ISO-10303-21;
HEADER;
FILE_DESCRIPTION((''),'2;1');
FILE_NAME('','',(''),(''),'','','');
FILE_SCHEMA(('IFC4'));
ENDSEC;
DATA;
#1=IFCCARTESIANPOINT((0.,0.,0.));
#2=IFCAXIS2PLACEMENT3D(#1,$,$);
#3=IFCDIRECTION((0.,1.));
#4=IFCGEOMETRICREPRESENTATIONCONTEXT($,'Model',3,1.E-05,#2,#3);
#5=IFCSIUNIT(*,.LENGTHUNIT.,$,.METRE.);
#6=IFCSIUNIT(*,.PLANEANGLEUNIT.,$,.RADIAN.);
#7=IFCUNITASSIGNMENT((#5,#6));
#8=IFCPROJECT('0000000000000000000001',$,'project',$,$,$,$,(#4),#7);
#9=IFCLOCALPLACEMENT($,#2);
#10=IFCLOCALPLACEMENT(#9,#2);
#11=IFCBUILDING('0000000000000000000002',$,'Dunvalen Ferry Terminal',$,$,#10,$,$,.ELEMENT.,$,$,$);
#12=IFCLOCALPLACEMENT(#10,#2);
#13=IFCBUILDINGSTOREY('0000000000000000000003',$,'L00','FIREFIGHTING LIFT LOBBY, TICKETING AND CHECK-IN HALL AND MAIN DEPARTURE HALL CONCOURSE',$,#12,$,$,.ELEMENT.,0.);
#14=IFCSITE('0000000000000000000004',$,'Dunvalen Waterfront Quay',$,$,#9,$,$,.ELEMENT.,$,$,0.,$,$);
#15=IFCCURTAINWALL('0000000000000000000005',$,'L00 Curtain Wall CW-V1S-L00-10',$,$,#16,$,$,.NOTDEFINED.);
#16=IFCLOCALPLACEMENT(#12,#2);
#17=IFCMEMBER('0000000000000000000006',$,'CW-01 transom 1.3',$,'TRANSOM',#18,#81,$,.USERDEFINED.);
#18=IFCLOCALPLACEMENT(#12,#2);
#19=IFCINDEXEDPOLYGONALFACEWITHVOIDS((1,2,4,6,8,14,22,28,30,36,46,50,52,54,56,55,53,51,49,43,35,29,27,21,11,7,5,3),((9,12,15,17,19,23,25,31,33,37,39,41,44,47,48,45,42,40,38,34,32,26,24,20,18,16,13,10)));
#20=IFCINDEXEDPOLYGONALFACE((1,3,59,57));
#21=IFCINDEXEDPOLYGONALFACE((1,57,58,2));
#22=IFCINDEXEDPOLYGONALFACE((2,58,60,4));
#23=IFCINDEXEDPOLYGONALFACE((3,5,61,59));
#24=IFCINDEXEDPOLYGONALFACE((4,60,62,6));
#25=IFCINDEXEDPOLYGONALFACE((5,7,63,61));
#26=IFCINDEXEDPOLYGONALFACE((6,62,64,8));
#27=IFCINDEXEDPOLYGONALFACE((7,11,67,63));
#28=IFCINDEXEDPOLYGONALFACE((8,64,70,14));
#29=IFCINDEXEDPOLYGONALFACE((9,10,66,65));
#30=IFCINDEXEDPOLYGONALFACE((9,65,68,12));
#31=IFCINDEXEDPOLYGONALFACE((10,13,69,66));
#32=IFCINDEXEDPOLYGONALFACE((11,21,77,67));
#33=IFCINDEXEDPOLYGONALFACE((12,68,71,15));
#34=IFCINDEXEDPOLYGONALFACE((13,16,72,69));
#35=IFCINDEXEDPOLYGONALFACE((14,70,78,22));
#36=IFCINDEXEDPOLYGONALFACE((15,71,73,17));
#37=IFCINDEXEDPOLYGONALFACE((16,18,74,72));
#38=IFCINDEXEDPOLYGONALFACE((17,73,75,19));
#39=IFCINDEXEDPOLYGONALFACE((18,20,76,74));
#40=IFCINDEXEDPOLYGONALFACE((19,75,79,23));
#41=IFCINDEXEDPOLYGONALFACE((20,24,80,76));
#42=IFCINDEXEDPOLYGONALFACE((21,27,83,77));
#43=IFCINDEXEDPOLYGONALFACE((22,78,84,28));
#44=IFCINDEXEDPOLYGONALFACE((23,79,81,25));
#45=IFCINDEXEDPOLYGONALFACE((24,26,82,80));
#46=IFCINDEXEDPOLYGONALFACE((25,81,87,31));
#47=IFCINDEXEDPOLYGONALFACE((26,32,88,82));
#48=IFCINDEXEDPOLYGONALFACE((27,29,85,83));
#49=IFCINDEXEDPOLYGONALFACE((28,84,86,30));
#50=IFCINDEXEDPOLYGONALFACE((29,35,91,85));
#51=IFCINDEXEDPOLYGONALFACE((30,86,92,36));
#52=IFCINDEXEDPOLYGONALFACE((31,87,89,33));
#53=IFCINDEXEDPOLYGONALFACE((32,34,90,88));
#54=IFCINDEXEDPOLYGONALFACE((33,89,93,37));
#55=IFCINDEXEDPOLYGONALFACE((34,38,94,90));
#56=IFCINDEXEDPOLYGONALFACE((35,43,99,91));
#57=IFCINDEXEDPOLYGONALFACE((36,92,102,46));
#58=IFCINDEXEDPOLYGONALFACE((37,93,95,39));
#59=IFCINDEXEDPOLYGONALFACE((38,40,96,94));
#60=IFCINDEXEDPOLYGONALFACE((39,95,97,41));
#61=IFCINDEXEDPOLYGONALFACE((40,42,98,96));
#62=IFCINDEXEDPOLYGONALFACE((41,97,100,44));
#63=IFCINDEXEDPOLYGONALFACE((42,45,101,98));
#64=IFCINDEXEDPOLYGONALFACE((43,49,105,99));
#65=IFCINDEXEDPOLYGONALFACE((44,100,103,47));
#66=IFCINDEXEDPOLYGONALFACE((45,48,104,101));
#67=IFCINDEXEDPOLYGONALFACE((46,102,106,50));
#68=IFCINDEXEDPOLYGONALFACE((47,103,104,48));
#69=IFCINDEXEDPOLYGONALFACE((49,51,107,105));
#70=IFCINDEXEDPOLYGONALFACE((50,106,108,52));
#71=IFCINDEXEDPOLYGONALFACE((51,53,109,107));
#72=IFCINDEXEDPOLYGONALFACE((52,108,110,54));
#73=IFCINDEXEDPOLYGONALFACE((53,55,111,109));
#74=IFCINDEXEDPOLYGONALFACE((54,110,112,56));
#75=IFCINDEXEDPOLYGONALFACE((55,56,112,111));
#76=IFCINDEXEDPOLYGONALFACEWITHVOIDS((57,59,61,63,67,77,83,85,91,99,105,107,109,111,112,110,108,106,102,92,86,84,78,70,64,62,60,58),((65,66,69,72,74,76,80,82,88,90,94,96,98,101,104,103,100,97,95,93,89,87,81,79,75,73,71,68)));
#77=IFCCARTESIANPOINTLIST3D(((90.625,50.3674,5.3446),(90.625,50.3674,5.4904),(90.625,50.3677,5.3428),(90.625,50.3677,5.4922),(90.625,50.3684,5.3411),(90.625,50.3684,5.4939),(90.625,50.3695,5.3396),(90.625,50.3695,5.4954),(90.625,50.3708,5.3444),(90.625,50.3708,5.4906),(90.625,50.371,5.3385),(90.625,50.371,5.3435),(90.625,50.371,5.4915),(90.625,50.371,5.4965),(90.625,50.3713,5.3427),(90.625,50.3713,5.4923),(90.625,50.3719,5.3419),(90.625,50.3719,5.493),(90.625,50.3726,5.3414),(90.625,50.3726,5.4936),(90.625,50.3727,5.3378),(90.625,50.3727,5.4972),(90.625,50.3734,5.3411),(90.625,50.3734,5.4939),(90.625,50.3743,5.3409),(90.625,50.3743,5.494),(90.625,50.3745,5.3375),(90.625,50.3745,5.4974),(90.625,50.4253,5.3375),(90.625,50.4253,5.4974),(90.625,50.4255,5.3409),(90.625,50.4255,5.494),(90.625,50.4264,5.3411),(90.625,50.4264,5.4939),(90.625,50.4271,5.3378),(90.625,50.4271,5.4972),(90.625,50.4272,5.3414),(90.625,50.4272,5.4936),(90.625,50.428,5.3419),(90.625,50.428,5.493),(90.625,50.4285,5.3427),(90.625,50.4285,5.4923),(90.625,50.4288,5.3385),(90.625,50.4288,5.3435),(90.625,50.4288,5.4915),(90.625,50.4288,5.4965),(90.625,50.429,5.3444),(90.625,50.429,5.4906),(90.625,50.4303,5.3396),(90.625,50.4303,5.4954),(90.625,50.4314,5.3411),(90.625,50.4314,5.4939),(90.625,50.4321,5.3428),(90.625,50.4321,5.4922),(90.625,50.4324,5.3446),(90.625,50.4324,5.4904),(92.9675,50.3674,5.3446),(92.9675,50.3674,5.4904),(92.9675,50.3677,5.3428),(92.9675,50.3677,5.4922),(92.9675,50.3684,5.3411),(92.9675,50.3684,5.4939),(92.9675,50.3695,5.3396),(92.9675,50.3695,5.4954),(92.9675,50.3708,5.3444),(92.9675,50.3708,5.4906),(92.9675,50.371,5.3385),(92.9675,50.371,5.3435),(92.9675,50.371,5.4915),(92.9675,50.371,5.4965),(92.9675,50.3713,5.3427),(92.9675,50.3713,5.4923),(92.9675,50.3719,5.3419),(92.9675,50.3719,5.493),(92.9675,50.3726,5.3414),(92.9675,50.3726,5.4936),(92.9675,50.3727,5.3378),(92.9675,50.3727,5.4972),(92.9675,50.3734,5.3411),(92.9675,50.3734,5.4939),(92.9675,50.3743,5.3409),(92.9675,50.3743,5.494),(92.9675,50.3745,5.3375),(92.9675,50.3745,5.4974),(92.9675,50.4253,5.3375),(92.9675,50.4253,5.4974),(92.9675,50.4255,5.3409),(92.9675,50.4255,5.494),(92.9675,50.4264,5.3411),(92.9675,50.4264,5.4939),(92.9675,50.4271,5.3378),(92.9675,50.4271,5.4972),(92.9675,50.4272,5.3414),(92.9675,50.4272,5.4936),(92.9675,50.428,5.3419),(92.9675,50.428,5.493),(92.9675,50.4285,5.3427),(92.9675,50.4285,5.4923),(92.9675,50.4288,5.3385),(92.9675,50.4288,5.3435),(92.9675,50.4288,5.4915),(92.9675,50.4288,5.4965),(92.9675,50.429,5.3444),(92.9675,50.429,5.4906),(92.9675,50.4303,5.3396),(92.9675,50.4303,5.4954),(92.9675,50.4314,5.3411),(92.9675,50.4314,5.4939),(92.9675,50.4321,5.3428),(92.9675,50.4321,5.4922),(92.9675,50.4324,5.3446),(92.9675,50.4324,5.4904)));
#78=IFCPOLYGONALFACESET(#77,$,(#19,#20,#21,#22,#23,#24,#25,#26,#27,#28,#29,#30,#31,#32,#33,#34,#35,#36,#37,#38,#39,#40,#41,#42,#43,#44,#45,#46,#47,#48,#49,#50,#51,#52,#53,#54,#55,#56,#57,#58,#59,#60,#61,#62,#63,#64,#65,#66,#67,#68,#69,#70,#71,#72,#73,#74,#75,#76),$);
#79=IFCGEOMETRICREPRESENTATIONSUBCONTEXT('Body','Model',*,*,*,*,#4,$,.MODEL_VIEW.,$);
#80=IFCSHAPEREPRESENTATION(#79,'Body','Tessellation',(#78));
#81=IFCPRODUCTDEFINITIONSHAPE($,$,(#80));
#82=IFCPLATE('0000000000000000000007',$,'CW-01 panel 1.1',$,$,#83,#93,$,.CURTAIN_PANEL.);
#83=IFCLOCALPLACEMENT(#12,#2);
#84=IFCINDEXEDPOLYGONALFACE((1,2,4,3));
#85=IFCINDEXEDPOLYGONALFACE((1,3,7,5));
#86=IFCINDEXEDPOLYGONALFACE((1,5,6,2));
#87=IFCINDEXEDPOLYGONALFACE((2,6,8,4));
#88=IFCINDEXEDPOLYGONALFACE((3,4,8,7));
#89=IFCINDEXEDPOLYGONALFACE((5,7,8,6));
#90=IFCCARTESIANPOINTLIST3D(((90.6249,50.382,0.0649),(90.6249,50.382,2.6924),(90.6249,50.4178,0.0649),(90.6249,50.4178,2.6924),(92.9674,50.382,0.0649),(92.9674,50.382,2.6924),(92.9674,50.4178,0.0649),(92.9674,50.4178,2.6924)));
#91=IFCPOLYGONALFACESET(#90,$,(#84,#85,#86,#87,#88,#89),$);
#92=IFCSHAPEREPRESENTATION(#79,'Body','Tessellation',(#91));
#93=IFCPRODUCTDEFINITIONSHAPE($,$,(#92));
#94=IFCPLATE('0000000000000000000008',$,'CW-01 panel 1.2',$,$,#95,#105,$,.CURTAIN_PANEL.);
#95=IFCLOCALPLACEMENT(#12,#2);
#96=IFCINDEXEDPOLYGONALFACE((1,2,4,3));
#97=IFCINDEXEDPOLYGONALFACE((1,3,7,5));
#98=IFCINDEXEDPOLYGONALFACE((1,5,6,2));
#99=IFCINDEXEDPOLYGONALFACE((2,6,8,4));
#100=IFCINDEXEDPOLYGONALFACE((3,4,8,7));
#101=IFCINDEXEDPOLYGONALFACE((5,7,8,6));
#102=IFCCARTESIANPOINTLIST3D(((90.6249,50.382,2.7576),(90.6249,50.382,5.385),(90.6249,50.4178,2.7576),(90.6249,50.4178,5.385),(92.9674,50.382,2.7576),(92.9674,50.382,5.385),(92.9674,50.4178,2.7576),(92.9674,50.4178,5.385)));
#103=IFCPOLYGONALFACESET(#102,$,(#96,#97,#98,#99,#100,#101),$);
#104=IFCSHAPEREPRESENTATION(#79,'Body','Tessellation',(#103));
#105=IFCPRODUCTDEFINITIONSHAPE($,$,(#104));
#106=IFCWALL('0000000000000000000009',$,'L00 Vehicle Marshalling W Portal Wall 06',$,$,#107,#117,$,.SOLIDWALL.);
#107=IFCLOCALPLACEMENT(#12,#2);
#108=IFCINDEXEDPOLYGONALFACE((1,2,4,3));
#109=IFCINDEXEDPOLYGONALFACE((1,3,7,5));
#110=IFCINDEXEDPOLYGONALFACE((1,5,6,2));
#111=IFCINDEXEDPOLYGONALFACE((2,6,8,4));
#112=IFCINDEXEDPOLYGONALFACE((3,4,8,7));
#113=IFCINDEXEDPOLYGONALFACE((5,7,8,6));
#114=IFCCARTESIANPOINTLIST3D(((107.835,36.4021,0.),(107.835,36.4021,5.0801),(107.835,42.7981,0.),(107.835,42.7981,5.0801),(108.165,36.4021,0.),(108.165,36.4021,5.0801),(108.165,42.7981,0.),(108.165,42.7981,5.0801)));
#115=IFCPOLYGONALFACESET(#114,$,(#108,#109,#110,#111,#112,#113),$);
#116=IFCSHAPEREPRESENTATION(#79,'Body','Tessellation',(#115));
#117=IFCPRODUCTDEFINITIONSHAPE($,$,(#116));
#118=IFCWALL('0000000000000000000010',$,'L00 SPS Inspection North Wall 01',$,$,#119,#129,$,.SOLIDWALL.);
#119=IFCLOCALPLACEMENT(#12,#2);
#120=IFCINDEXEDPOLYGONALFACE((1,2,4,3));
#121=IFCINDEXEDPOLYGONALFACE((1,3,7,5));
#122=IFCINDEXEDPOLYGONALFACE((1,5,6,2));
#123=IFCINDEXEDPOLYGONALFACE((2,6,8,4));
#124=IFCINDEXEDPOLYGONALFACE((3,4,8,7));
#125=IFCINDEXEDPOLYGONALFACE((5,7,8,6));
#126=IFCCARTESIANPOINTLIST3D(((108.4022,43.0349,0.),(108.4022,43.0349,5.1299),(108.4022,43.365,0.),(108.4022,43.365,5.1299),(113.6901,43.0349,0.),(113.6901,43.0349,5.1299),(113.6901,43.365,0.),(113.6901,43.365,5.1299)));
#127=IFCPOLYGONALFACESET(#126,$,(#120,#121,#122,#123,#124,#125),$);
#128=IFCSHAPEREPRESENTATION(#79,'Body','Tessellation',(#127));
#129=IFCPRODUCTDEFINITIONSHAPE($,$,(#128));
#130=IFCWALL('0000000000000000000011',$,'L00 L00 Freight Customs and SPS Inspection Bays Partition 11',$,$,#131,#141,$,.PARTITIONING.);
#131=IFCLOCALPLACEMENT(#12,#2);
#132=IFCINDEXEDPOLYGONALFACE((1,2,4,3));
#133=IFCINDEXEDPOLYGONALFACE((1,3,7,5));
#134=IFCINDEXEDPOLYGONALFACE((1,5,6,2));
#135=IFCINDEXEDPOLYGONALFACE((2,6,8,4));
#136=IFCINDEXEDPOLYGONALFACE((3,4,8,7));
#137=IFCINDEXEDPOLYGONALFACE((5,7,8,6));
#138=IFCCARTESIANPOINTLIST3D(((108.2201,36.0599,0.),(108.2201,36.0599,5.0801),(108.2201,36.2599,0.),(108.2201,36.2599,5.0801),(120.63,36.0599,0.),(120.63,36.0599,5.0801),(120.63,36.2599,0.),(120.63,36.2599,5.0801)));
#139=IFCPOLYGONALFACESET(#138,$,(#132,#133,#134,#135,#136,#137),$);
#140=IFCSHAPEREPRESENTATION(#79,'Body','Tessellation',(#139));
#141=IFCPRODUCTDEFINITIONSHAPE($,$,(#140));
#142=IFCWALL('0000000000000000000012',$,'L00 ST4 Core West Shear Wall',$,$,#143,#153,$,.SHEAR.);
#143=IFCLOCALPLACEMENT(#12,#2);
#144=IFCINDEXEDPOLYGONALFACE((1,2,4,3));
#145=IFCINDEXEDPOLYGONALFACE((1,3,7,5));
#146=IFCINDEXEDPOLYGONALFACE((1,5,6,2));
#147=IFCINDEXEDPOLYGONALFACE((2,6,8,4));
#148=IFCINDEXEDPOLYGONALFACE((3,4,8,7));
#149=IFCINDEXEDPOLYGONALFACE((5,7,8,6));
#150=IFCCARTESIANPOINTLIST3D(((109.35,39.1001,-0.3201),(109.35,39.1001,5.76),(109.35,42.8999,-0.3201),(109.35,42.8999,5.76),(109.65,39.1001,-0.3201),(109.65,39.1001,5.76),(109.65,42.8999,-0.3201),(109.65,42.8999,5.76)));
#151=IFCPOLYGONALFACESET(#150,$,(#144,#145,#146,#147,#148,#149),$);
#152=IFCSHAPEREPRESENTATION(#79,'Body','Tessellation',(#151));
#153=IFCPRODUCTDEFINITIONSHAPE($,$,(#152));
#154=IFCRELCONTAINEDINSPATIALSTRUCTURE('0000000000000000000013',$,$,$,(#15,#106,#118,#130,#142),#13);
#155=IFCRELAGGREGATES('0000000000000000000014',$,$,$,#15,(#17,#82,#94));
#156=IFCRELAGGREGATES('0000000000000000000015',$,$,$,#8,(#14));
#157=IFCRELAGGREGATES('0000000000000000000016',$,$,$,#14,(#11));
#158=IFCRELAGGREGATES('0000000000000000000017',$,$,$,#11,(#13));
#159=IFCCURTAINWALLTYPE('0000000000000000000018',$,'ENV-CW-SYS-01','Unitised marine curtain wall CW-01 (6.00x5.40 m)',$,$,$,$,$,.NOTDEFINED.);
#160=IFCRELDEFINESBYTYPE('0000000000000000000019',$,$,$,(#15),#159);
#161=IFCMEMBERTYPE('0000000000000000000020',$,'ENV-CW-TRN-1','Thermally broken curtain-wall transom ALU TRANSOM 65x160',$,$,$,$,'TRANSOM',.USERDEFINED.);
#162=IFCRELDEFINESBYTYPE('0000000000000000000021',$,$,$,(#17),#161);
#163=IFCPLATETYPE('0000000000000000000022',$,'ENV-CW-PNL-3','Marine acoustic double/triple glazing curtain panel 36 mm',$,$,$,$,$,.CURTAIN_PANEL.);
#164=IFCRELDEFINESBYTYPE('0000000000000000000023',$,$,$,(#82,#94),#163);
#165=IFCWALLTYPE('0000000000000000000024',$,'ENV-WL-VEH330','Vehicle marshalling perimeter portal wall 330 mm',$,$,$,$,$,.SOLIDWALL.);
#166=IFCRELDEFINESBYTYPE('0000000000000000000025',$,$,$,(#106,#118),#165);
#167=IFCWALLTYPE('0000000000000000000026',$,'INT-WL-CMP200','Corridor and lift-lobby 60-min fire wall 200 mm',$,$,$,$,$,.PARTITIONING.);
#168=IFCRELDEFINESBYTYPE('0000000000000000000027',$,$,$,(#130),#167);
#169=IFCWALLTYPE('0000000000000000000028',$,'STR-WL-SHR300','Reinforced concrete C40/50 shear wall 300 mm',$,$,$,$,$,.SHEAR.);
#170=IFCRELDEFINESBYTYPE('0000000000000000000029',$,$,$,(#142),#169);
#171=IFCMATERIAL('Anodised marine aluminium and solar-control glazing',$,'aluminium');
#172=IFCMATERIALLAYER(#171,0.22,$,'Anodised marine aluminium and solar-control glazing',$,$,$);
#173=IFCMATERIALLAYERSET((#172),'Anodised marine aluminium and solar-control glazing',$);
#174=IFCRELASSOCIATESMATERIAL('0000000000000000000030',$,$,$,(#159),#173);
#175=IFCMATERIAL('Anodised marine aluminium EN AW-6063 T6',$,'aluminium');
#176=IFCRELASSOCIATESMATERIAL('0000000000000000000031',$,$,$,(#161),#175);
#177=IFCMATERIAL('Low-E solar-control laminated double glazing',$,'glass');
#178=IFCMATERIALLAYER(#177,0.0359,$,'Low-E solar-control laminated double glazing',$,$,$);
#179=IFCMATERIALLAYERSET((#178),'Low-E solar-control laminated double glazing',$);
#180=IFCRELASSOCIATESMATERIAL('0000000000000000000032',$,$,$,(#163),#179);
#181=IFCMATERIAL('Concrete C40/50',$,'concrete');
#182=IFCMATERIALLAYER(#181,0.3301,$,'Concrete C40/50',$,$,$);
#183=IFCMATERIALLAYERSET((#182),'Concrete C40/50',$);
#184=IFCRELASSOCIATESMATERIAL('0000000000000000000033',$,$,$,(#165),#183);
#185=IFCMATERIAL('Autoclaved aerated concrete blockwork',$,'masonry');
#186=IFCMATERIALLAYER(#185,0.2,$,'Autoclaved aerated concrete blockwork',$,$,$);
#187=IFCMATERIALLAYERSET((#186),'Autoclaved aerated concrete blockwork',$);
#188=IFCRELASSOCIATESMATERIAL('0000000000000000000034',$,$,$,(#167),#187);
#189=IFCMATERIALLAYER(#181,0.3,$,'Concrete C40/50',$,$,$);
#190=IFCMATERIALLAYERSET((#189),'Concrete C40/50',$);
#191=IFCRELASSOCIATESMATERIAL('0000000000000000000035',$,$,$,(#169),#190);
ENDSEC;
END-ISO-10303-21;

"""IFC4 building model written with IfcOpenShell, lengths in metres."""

from ifc_helpers import new_model, si_unit, direction, frame, frame_2d, origin, origin_2d, place, context, subcontext, project, spatial, rectangle, hollow_rectangle, extrude, material, layer, layer_set, material_profile, profile_set, type_object, element, aggregate, save


model = new_model("IFC4")

# Units and contexts
model_context = context("Model", 3, precision=1e-05, world=origin(), true_north=direction((0.0, 1.0)))
body_context = subcontext(model_context, "Body", "Model", "MODEL_VIEW")
ifc_project = project(units=[si_unit("LENGTHUNIT", "METRE"), si_unit("PLANEANGLEUNIT", "RADIAN")], contexts=[model_context])

# Site, building, storey
site_placement = place(None, origin())
site = spatial("IfcSite", under=ifc_project, at=site_placement, Name="Dunvalen Waterfront Quay", CompositionType="ELEMENT", RefElevation=0.0)
building_placement = place(site_placement, origin())
building = spatial("IfcBuilding", under=site, at=building_placement, Name="Dunvalen Ferry Terminal", CompositionType="ELEMENT")
storey_placement = place(building_placement, origin())
storey = spatial("IfcBuildingStorey", under=building, at=storey_placement, Name="L00", Description="FIREFIGHTING LIFT LOBBY, TICKETING AND CHECK-IN HALL AND MAIN DEPARTURE HALL CONCOURSE", CompositionType="ELEMENT", Elevation=0.0)

# Shared definitions
ifc_material_1 = material(Name="Concrete C40/50", Category="concrete")

# Curtain wall, member, plates
ifc_material_2 = material(Name="Anodised marine aluminium and solar-control glazing", Category="aluminium")
ifc_layer_1 = layer(ifc_material_2, 0.22, Name="Anodised marine aluminium and solar-control glazing")
ifc_layer_set_1 = layer_set([ifc_layer_1], Name="Anodised marine aluminium and solar-control glazing")
curtain_wall_type = type_object("IfcCurtainWallType", Name="ENV-CW-SYS-01", Description="Unitised marine curtain wall CW-01 (6.00x5.40 m)", PredefinedType="NOTDEFINED", material=ifc_layer_set_1)
curtain_wall_placement = place(storey_placement, origin())
curtain_wall = element("IfcCurtainWall", 1, at=curtain_wall_placement, inside=storey, type_object=curtain_wall_type, Name="L00 Curtain Wall CW-V1S-L00-10", PredefinedType="NOTDEFINED")
ifc_material_3 = material(Name="Anodised marine aluminium EN AW-6063 T6", Category="aluminium")
ifc_material_profile_1 = material_profile(ifc_material_3, hollow_rectangle(XDim=0.0649, YDim=0.1599, WallThickness=0.0034, InnerFilletRadius=0.0034, OuterFilletRadius=0.0071, at=origin_2d()), Name="Anodised marine aluminium EN AW-6063 T6")
ifc_profile_set_1 = profile_set([ifc_material_profile_1], Name="Anodised marine aluminium EN AW-6063 T6")
member_type_1 = type_object("IfcMemberType", Name="ENV-CW-TRN-1", Description="Thermally broken curtain-wall transom ALU TRANSOM 65x160", ElementType="TRANSOM", PredefinedType="USERDEFINED", material=ifc_profile_set_1)
member_1_placement = place(storey_placement, frame((90.625, 50.3999, 5.4175), z_axis=(1.0, 0.0, 0.0), x_axis=(0.0, 1.0, 0.0)))
member_1 = element("IfcMember", 2, at=member_1_placement, type_object=member_type_1, Name="CW-01 transom 1.3", ObjectType="TRANSOM", PredefinedType="USERDEFINED", context=body_context, shape_type="SweptSolid", body=[
    extrude(hollow_rectangle(XDim=0.0649, YDim=0.1599, WallThickness=0.0034, InnerFilletRadius=0.0034, OuterFilletRadius=0.0071, at=origin_2d()), origin(), (0.0, 0.0, 1.0), 2.3425),
])
ifc_material_4 = material(Name="Low-E solar-control laminated double glazing", Category="glass")
ifc_layer_2 = layer(ifc_material_4, 0.0359, Name="Low-E solar-control laminated double glazing")
ifc_layer_set_2 = layer_set([ifc_layer_2], Name="Low-E solar-control laminated double glazing")
plate_type = type_object("IfcPlateType", Name="ENV-CW-PNL-3", Description="Marine acoustic double/triple glazing curtain panel 36 mm", PredefinedType="CURTAIN_PANEL", material=ifc_layer_set_2)
plate_1_placement = place(storey_placement, frame((91.7961, 50.3999, 0.0649), z_axis=(0.0, 0.0, 1.0), x_axis=(1.0, 0.0, 0.0)))
plate_1 = element("IfcPlate", 3, at=plate_1_placement, type_object=plate_type, Name="CW-01 panel 1.1", PredefinedType="CURTAIN_PANEL", context=body_context, shape_type="SweptSolid", body=[
    extrude(rectangle(XDim=2.3425, YDim=0.0359, at=origin_2d()), origin(), (0.0, 0.0, 1.0), 2.6274),
])
plate_2_placement = place(storey_placement, frame((91.7961, 50.3999, 2.7576), z_axis=(0.0, 0.0, 1.0), x_axis=(1.0, 0.0, 0.0)))
plate_2 = element("IfcPlate", 4, at=plate_2_placement, type_object=plate_type, Name="CW-01 panel 1.2", PredefinedType="CURTAIN_PANEL", context=body_context, shape_type="SweptSolid", body=[
    extrude(rectangle(XDim=2.3425, YDim=0.0359, at=origin_2d()), origin(), (0.0, 0.0, 1.0), 2.6274),
])
aggregate(curtain_wall, [member_1, plate_1, plate_2])

# Walls
ifc_layer_3 = layer(ifc_material_1, 0.3301, Name="Concrete C40/50")
ifc_layer_set_3 = layer_set([ifc_layer_3], Name="Concrete C40/50")
wall_type_1 = type_object("IfcWallType", Name="ENV-WL-VEH330", Description="Vehicle marshalling perimeter portal wall 330 mm", PredefinedType="SOLIDWALL", material=ifc_layer_set_3)
wall_1_placement = place(storey_placement, frame((108.0, 36.4021, 0.0), z_axis=(0.0, 0.0, 1.0), x_axis=(0.0, 1.0, 0.0)))
element("IfcWall", 5, at=wall_1_placement, inside=storey, type_object=wall_type_1, Name="L00 Vehicle Marshalling W Portal Wall 06", PredefinedType="SOLIDWALL", context=body_context, shape_type="SweptSolid", body=[
    extrude(rectangle(XDim=6.396, YDim=0.3301, at=frame_2d((3.198, 0.0))), origin(), (0.0, 0.0, 1.0), 5.0801),
])
wall_2_placement = place(storey_placement, frame((108.4021, 43.2, 0.0), z_axis=(0.0, 0.0, 1.0), x_axis=(1.0, 0.0, 0.0)))
element("IfcWall", 6, at=wall_2_placement, inside=storey, type_object=wall_type_1, Name="L00 SPS Inspection North Wall 01", PredefinedType="SOLIDWALL", context=body_context, shape_type="SweptSolid", body=[
    extrude(rectangle(XDim=5.2878, YDim=0.3301, at=frame_2d((2.644, 0.0))), origin(), (0.0, 0.0, 1.0), 5.1299),
])
ifc_material_5 = material(Name="Autoclaved aerated concrete blockwork", Category="masonry")
ifc_layer_4 = layer(ifc_material_5, 0.2, Name="Autoclaved aerated concrete blockwork")
ifc_layer_set_4 = layer_set([ifc_layer_4], Name="Autoclaved aerated concrete blockwork")
wall_type_2 = type_object("IfcWallType", Name="INT-WL-CMP200", Description="Corridor and lift-lobby 60-min fire wall 200 mm", PredefinedType="PARTITIONING", material=ifc_layer_set_4)
wall_3_placement = place(storey_placement, frame((108.22, 36.1599, 0.0), z_axis=(0.0, 0.0, 1.0), x_axis=(1.0, 0.0, 0.0)))
element("IfcWall", 7, at=wall_3_placement, inside=storey, type_object=wall_type_2, Name="L00 L00 Freight Customs and SPS Inspection Bays Partition 11", PredefinedType="PARTITIONING", context=body_context, shape_type="SweptSolid", body=[
    extrude(rectangle(XDim=12.4099, YDim=0.2, at=frame_2d((6.2051, 0.0))), origin(), (0.0, 0.0, 1.0), 5.0801),
])
ifc_layer_5 = layer(ifc_material_1, 0.3, Name="Concrete C40/50")
ifc_layer_set_5 = layer_set([ifc_layer_5], Name="Concrete C40/50")
wall_type_3 = type_object("IfcWallType", Name="STR-WL-SHR300", Description="Reinforced concrete C40/50 shear wall 300 mm", PredefinedType="SHEAR", material=ifc_layer_set_5)
wall_4_placement = place(storey_placement, frame((109.5, 39.1001, -0.3201), z_axis=(0.0, 0.0, 1.0), x_axis=(0.0, 1.0, 0.0)))
element("IfcWall", 8, at=wall_4_placement, inside=storey, type_object=wall_type_3, Name="L00 ST4 Core West Shear Wall", PredefinedType="SHEAR", context=body_context, shape_type="SweptSolid", body=[
    extrude(rectangle(XDim=3.7998, YDim=0.3, at=frame_2d((1.8999, 0.0))), origin(), (0.0, 0.0, 1.0), 6.0801),
])

save(model, "model.ifc")
